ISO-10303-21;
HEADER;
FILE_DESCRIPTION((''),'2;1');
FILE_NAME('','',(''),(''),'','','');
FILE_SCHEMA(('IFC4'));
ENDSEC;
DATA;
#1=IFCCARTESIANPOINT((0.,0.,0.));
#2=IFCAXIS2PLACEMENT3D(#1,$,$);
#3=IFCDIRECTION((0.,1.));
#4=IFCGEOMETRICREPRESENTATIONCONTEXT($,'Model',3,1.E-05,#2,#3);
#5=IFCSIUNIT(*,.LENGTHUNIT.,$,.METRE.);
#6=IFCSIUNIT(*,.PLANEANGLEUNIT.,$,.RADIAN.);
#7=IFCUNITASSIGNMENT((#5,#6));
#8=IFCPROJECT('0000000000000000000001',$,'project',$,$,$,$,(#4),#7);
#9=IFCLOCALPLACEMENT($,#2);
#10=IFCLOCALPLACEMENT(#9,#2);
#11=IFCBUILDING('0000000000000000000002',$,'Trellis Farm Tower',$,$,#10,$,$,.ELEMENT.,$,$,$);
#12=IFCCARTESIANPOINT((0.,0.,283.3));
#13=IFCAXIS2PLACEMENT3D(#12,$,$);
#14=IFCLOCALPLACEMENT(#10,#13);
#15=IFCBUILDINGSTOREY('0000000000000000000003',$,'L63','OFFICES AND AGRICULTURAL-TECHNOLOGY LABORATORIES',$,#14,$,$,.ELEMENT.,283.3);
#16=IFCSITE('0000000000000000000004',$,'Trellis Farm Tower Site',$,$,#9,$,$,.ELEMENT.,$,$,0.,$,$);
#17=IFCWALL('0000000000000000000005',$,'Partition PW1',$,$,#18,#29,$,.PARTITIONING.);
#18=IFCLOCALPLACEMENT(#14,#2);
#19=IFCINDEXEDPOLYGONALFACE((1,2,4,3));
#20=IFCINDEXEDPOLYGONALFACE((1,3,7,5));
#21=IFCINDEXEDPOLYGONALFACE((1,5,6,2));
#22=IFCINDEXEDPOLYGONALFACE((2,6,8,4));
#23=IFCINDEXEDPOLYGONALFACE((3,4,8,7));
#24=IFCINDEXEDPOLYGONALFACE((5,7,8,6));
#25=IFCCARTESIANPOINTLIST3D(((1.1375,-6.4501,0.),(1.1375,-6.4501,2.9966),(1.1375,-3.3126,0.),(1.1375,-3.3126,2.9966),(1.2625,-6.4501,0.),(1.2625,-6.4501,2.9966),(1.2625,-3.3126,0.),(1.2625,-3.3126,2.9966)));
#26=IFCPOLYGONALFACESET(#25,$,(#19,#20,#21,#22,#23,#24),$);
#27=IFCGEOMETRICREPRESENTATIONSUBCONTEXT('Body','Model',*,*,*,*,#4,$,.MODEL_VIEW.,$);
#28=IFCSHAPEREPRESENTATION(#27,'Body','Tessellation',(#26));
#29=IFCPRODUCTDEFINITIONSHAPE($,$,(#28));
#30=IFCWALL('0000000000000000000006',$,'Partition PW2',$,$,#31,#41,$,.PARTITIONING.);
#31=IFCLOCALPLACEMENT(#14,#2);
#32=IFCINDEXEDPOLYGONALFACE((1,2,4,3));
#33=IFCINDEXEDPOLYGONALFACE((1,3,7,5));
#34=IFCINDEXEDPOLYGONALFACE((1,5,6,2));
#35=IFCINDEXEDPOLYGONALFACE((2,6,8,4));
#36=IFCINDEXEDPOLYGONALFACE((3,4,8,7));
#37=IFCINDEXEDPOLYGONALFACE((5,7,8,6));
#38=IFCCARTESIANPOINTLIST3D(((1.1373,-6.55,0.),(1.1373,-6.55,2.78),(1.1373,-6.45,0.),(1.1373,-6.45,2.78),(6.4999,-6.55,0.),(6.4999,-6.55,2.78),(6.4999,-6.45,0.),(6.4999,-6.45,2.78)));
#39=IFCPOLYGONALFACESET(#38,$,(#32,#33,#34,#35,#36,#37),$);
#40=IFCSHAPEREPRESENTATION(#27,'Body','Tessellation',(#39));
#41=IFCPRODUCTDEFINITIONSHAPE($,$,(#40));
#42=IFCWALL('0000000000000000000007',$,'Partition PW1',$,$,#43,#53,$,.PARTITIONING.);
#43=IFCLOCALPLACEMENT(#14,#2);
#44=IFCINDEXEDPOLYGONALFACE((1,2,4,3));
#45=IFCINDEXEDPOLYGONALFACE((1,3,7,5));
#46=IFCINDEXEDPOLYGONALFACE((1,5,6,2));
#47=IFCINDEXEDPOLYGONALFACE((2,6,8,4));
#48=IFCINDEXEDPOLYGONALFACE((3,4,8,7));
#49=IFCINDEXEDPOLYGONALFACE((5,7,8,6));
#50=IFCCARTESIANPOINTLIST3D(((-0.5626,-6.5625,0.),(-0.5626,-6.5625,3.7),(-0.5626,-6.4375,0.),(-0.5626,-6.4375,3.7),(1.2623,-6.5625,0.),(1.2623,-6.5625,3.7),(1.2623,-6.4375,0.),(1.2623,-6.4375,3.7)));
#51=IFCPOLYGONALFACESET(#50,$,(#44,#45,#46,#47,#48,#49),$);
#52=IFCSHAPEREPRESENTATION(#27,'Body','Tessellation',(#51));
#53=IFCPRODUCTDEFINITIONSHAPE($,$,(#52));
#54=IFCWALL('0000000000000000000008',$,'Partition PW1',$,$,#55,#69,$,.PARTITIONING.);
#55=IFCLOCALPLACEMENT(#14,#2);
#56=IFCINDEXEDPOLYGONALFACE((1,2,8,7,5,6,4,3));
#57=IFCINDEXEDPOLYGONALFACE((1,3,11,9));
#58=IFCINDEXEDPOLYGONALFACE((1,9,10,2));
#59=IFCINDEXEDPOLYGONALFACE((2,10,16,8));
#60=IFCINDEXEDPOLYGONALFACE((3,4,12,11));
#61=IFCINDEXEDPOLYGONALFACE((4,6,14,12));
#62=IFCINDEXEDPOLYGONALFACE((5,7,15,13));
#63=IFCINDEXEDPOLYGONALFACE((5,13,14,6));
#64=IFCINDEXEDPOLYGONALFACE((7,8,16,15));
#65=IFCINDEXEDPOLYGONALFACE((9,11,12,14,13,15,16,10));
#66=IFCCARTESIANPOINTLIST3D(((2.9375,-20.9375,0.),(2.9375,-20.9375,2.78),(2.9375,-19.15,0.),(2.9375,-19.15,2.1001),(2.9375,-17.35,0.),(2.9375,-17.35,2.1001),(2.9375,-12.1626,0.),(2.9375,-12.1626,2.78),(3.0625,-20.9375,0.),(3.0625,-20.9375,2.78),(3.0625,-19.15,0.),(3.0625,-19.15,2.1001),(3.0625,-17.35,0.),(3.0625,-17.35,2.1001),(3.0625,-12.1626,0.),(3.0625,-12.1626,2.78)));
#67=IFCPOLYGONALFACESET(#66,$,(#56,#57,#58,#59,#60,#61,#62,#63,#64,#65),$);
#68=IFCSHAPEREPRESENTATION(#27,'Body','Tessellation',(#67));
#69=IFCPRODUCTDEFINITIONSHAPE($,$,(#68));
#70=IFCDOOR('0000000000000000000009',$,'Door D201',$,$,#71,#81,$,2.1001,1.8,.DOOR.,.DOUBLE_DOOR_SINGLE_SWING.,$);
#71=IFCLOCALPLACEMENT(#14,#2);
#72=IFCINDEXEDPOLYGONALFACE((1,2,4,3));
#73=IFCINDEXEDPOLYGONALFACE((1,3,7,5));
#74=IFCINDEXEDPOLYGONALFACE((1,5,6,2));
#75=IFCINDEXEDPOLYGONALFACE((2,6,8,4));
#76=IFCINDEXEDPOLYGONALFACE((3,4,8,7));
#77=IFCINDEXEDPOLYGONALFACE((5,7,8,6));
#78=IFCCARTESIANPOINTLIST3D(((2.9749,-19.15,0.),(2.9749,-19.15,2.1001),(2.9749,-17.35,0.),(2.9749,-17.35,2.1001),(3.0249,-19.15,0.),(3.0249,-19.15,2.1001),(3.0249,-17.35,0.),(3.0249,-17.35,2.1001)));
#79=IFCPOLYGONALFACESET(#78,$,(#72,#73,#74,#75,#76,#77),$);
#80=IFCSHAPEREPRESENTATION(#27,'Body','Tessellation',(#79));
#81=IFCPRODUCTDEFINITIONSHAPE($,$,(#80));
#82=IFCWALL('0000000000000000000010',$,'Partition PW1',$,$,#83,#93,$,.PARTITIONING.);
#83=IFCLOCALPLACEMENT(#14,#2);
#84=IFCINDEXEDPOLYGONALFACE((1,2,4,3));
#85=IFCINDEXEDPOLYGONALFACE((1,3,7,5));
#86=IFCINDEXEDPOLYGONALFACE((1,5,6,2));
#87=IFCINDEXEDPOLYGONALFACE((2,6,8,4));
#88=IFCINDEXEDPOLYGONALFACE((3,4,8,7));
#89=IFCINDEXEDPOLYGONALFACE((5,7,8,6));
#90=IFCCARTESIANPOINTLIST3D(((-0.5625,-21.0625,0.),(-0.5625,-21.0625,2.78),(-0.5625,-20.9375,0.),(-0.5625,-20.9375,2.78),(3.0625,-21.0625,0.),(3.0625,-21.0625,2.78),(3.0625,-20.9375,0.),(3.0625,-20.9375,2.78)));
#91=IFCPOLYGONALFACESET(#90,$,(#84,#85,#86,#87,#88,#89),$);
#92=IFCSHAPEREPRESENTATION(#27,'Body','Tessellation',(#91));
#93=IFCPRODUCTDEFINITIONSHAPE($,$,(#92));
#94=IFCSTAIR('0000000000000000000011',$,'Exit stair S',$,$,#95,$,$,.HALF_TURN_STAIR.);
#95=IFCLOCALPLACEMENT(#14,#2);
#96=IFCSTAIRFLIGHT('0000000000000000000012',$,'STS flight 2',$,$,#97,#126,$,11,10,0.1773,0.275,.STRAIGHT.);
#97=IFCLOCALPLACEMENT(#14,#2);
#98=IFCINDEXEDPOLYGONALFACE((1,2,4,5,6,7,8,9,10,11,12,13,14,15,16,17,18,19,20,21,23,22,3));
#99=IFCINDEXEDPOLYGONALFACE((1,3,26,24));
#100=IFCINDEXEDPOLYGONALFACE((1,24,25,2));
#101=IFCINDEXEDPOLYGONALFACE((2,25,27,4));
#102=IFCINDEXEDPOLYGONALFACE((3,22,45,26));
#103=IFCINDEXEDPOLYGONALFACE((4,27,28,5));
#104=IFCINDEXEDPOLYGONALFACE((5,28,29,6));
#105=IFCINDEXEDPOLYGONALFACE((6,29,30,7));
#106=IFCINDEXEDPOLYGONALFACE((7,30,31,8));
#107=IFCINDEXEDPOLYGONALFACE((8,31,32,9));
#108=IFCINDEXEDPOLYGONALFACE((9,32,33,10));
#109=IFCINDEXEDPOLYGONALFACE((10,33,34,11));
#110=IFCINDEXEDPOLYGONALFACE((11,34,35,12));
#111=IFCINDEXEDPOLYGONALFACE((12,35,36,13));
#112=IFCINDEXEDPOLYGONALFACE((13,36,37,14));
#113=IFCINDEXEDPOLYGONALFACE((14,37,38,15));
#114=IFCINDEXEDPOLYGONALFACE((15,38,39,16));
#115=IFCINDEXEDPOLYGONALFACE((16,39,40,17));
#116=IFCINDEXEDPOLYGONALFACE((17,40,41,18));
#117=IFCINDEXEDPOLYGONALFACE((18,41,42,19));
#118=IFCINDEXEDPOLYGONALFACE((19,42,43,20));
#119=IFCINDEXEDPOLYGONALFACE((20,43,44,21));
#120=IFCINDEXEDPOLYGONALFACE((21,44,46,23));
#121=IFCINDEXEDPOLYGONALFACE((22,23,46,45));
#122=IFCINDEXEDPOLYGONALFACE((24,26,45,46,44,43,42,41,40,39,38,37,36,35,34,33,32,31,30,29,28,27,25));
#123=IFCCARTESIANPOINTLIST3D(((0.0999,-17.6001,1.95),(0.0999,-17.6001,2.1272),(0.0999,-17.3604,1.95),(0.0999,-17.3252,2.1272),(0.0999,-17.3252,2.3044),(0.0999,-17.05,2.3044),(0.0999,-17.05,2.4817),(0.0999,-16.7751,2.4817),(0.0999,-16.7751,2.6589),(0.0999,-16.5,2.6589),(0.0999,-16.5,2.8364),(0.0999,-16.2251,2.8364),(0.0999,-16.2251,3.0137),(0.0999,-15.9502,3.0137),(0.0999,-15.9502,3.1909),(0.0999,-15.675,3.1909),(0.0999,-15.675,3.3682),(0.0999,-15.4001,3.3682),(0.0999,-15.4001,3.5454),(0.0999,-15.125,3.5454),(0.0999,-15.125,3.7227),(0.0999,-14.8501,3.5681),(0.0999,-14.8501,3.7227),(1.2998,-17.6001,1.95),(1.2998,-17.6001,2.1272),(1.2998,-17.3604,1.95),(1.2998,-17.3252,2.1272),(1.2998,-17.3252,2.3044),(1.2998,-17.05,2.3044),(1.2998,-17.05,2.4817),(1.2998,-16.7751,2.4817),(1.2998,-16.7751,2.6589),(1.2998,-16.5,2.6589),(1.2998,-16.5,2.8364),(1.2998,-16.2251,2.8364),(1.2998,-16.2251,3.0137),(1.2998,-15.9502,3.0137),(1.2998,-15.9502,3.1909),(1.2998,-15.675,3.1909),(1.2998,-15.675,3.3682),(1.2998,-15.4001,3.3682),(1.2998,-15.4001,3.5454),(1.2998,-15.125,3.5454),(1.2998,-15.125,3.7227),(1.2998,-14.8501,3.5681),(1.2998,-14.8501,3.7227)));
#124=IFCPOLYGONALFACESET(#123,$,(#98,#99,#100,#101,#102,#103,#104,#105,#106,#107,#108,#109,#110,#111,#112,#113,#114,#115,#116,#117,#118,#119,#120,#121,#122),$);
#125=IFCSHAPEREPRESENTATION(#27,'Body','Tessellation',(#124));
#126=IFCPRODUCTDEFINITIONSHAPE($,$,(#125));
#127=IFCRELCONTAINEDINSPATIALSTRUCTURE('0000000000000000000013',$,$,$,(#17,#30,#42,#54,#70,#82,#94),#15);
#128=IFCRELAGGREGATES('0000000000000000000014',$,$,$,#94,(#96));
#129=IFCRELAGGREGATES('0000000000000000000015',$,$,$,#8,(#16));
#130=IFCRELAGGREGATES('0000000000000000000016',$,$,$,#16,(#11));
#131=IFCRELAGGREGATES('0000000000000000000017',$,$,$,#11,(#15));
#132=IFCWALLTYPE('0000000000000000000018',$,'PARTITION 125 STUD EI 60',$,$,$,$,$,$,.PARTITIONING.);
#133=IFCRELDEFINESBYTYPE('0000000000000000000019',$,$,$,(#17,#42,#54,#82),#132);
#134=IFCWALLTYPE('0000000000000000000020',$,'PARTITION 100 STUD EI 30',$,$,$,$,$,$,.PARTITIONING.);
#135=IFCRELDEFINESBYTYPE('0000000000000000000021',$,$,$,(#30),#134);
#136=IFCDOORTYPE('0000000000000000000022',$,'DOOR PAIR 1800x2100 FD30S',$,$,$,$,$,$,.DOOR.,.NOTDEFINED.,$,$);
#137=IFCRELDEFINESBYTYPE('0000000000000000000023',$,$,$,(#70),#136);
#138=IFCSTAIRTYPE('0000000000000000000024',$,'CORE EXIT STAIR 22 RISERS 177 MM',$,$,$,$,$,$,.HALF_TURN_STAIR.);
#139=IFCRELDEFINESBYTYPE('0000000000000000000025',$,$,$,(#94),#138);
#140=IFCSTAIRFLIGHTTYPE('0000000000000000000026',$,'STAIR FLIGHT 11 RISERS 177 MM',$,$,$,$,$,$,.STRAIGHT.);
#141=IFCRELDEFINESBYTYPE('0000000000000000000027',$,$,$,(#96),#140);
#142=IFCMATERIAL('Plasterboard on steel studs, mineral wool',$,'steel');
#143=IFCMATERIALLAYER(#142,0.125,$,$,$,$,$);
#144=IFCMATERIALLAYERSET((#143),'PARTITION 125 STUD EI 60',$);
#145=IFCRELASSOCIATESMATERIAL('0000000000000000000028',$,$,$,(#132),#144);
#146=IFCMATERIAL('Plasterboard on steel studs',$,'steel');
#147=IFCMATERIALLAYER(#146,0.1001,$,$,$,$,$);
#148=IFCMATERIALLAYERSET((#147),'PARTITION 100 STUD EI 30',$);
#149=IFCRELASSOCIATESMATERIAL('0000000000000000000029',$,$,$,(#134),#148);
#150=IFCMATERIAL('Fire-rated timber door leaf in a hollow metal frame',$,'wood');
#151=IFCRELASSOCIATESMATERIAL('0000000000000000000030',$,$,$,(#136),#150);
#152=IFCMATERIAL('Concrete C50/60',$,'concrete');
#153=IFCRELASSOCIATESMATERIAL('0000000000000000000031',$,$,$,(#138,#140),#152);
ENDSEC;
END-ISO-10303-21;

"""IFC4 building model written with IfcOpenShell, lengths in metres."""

from ifc_helpers import new_model, si_unit, direction, frame, frame_2d, origin, place, context, subcontext, project, spatial, polyline, rectangle, outline, extrude, source, transform, mapped, material, layer, layer_set, type_object, element, fill, aggregate, save


model = new_model("IFC4")

# Units and contexts
model_context = context("Model", 3, precision=1e-05, world=origin(), true_north=direction((0.0, 1.0)))
body_context = subcontext(model_context, "Body", "Model", "MODEL_VIEW")
ifc_project = project(units=[si_unit("LENGTHUNIT", "METRE"), si_unit("PLANEANGLEUNIT", "RADIAN")], contexts=[model_context])

# Site, building, storey
site_placement = place(None, origin())
site = spatial("IfcSite", under=ifc_project, at=site_placement, Name="Trellis Farm Tower Site", CompositionType="ELEMENT", RefElevation=0.0)
building_placement = place(site_placement, origin())
building = spatial("IfcBuilding", under=site, at=building_placement, Name="Trellis Farm Tower", CompositionType="ELEMENT")
storey_placement = place(building_placement, frame((0.0, 0.0, 283.3)))
storey = spatial("IfcBuildingStorey", under=building, at=storey_placement, Name="L63", Description="OFFICES AND AGRICULTURAL-TECHNOLOGY LABORATORIES", CompositionType="ELEMENT", Elevation=283.3)

# Shared definitions
placement_1 = place(storey_placement, origin())

# Shared definitions
ifc_material_1 = material(Name="Concrete C50/60", Category="concrete")

# Walls
ifc_material_2 = material(Name="Plasterboard on steel studs, mineral wool", Category="steel")
ifc_layer_1 = layer(ifc_material_2, 0.125)
ifc_layer_set_1 = layer_set([ifc_layer_1], Name="PARTITION 125 STUD EI 60")
wall_type_1 = type_object("IfcWallType", Name="PARTITION 125 STUD EI 60", PredefinedType="PARTITIONING", material=ifc_layer_set_1)
shared_shape_1 = source(origin(), body_context, "Body", "SweptSolid", [
    extrude(rectangle(XDim=3.1375, YDim=0.125, at=frame_2d((1.5688, 0.0))), origin(), (0.0, 0.0, 1.0), 2.9966),
])
wall_1_placement = place(storey_placement, frame((1.2, -3.3125, 0.0), z_axis=(0.0, 0.0, 1.0), x_axis=(0.0, -1.0, 0.0)))
element("IfcWall", 1, at=wall_1_placement, inside=storey, type_object=wall_type_1, Name="Partition PW1", PredefinedType="PARTITIONING", context=body_context, shape_type="MappedRepresentation", body=[
    mapped(shared_shape_1, transform((0.0, 0.0, 0.0))),
])
ifc_material_3 = material(Name="Plasterboard on steel studs", Category="steel")
ifc_layer_2 = layer(ifc_material_3, 0.1001)
ifc_layer_set_2 = layer_set([ifc_layer_2], Name="PARTITION 100 STUD EI 30")
wall_type_2 = type_object("IfcWallType", Name="PARTITION 100 STUD EI 30", PredefinedType="PARTITIONING", material=ifc_layer_set_2)
shared_shape_2 = source(origin(), body_context, "Body", "SweptSolid", [
    extrude(rectangle(XDim=5.3625, YDim=0.1001, at=frame_2d((2.6812, 0.0))), origin(), (0.0, 0.0, 1.0), 2.78),
])
wall_2_placement = place(storey_placement, frame((1.1375, -6.5, 0.0), z_axis=(0.0, 0.0, 1.0), x_axis=(1.0, 0.0, 0.0)))
element("IfcWall", 2, at=wall_2_placement, inside=storey, type_object=wall_type_2, Name="Partition PW2", PredefinedType="PARTITIONING", context=body_context, shape_type="MappedRepresentation", body=[
    mapped(shared_shape_2, transform((0.0, 0.0, 0.0))),
])
shared_shape_3 = source(origin(), body_context, "Body", "SweptSolid", [
    extrude(rectangle(XDim=1.825, YDim=0.125, at=frame_2d((0.9126, 0.0))), origin(), (0.0, 0.0, 1.0), 3.7),
])
wall_3_placement = place(storey_placement, frame((1.2625, -6.5, 0.0), z_axis=(0.0, 0.0, 1.0), x_axis=(-1.0, 0.0, 0.0)))
element("IfcWall", 3, at=wall_3_placement, inside=storey, type_object=wall_type_1, Name="Partition PW1", PredefinedType="PARTITIONING", context=body_context, shape_type="MappedRepresentation", body=[
    mapped(shared_shape_3, transform((0.0, 0.0, 0.0))),
])

# Wall, opening, door
shared_shape_4 = source(origin(), body_context, "Body", "SweptSolid", [
    extrude(rectangle(XDim=8.7749, YDim=0.125, at=frame_2d((4.3875, 0.0))), origin(), (0.0, 0.0, 1.0), 2.78),
])
wall_4_placement = place(storey_placement, frame((3.0, -12.1626, 0.0), z_axis=(0.0, 0.0, 1.0), x_axis=(0.0, -1.0, 0.0)))
wall_4 = element("IfcWall", 4, at=wall_4_placement, inside=storey, type_object=wall_type_1, Name="Partition PW1", PredefinedType="PARTITIONING", context=body_context, shape_type="MappedRepresentation", body=[
    mapped(shared_shape_4, transform((0.0, 0.0, 0.0))),
])
shared_shape_5 = source(origin(), body_context, "Body", "SweptSolid", [
    extrude(rectangle(XDim=1.8, YDim=2.1001, at=frame_2d((0.8999, 1.05))), frame((0.0, 0.0725, 0.0), z_axis=(0.0, -1.0, 0.0), x_axis=(1.0, 0.0, 0.0)), (0.0, 0.0, 1.0), 0.145),
])
opening_1_placement = place(wall_4_placement, frame((5.1875, 0.0, 0.0)))
opening_1 = element("IfcOpeningElement", 5, at=opening_1_placement, cuts=wall_4, PredefinedType="OPENING", context=body_context, shape_type="MappedRepresentation", body=[
    mapped(shared_shape_5, transform((0.0, 0.0, 0.0))),
])
ifc_material_4 = material(Name="Fire-rated timber door leaf in a hollow metal frame", Category="wood")
door_type_1 = type_object("IfcDoorType", Name="DOOR PAIR 1800x2100 FD30S", OperationType="NOTDEFINED", PredefinedType="DOOR", material=ifc_material_4)
shared_shape_6 = source(origin(), body_context, "Body", "SweptSolid", [
    extrude(rectangle(XDim=1.8, YDim=2.1001, at=frame_2d((0.8999, 1.05))), frame((0.0, 0.0249, 0.0), z_axis=(0.0, -1.0, 0.0), x_axis=(1.0, 0.0, 0.0)), (0.0, 0.0, 1.0), 0.05),
])
door_1_placement = place(opening_1_placement, origin())
door_1 = element("IfcDoor", 6, at=door_1_placement, inside=storey, type_object=door_type_1, Name="Door D201", OperationType="DOUBLE_DOOR_SINGLE_SWING", OverallHeight=2.1001, OverallWidth=1.8, PredefinedType="DOOR", context=body_context, shape_type="MappedRepresentation", body=[
    mapped(shared_shape_6, transform((0.0, 0.0, 0.0))),
])
fill(opening_1, door_1)

# Wall
shared_shape_7 = source(origin(), body_context, "Body", "SweptSolid", [
    extrude(rectangle(XDim=3.625, YDim=0.125, at=frame_2d((1.8125, 0.0))), origin(), (0.0, 0.0, 1.0), 2.78),
])
wall_5_placement = place(storey_placement, frame((3.0625, -21.0, 0.0), z_axis=(0.0, 0.0, 1.0), x_axis=(-1.0, 0.0, 0.0)))
element("IfcWall", 7, at=wall_5_placement, inside=storey, type_object=wall_type_1, Name="Partition PW1", PredefinedType="PARTITIONING", context=body_context, shape_type="MappedRepresentation", body=[
    mapped(shared_shape_7, transform((0.0, 0.0, 0.0))),
])

# Stair, stair flight
stair_type = type_object("IfcStairType", Name="CORE EXIT STAIR 22 RISERS 177 MM", PredefinedType="HALF_TURN_STAIR", material=ifc_material_1)
stair = element("IfcStair", 8, at=placement_1, inside=storey, type_object=stair_type, Name="Exit stair S", PredefinedType="HALF_TURN_STAIR")
stair_flight_type = type_object("IfcStairFlightType", Name="STAIR FLIGHT 11 RISERS 177 MM", PredefinedType="STRAIGHT", material=ifc_material_1)
shared_shape_8 = source(origin(), body_context, "Body", "SweptSolid", [
    extrude(outline(polyline([(0.0, 0.0), (0.0, 0.1772), (0.2749, 0.1772), (0.2749, 0.3545), (0.55, 0.3545), (0.55, 0.5317), (0.825, 0.5317), (0.825, 0.709), (1.1001, 0.709), (1.1001, 0.8865), (1.375, 0.8865), (1.375, 1.0637), (1.6499, 1.0637), (1.6499, 1.241), (1.925, 1.241), (1.925, 1.4182), (2.2, 1.4182), (2.2, 1.5955), (2.4751, 1.5955), (2.4751, 1.7727), (2.75, 1.7727), (2.75, 1.95), (2.75, 1.6182), (0.2397, 0.0), (0.0, 0.0)])), frame((0.0, 0.6001, 0.0), z_axis=(0.0, -1.0, 0.0), x_axis=(1.0, 0.0, 0.0)), (0.0, 0.0, 1.0), 1.2),
])
stair_flight_placement = place(storey_placement, frame((0.7, -17.6001, 1.95), z_axis=(0.0, 0.0, 1.0), x_axis=(0.0, 1.0, 0.0)))
stair_flight = element("IfcStairFlight", 9, at=stair_flight_placement, type_object=stair_flight_type, Name="STS flight 2", NumberOfRisers=11, NumberOfTreads=10, PredefinedType="STRAIGHT", RiserHeight=0.1773, TreadLength=0.275, context=body_context, shape_type="MappedRepresentation", body=[
    mapped(shared_shape_8, transform((0.0, 0.0, 0.0))),
])
aggregate(stair, [stair_flight])

save(model, "model.ifc")
